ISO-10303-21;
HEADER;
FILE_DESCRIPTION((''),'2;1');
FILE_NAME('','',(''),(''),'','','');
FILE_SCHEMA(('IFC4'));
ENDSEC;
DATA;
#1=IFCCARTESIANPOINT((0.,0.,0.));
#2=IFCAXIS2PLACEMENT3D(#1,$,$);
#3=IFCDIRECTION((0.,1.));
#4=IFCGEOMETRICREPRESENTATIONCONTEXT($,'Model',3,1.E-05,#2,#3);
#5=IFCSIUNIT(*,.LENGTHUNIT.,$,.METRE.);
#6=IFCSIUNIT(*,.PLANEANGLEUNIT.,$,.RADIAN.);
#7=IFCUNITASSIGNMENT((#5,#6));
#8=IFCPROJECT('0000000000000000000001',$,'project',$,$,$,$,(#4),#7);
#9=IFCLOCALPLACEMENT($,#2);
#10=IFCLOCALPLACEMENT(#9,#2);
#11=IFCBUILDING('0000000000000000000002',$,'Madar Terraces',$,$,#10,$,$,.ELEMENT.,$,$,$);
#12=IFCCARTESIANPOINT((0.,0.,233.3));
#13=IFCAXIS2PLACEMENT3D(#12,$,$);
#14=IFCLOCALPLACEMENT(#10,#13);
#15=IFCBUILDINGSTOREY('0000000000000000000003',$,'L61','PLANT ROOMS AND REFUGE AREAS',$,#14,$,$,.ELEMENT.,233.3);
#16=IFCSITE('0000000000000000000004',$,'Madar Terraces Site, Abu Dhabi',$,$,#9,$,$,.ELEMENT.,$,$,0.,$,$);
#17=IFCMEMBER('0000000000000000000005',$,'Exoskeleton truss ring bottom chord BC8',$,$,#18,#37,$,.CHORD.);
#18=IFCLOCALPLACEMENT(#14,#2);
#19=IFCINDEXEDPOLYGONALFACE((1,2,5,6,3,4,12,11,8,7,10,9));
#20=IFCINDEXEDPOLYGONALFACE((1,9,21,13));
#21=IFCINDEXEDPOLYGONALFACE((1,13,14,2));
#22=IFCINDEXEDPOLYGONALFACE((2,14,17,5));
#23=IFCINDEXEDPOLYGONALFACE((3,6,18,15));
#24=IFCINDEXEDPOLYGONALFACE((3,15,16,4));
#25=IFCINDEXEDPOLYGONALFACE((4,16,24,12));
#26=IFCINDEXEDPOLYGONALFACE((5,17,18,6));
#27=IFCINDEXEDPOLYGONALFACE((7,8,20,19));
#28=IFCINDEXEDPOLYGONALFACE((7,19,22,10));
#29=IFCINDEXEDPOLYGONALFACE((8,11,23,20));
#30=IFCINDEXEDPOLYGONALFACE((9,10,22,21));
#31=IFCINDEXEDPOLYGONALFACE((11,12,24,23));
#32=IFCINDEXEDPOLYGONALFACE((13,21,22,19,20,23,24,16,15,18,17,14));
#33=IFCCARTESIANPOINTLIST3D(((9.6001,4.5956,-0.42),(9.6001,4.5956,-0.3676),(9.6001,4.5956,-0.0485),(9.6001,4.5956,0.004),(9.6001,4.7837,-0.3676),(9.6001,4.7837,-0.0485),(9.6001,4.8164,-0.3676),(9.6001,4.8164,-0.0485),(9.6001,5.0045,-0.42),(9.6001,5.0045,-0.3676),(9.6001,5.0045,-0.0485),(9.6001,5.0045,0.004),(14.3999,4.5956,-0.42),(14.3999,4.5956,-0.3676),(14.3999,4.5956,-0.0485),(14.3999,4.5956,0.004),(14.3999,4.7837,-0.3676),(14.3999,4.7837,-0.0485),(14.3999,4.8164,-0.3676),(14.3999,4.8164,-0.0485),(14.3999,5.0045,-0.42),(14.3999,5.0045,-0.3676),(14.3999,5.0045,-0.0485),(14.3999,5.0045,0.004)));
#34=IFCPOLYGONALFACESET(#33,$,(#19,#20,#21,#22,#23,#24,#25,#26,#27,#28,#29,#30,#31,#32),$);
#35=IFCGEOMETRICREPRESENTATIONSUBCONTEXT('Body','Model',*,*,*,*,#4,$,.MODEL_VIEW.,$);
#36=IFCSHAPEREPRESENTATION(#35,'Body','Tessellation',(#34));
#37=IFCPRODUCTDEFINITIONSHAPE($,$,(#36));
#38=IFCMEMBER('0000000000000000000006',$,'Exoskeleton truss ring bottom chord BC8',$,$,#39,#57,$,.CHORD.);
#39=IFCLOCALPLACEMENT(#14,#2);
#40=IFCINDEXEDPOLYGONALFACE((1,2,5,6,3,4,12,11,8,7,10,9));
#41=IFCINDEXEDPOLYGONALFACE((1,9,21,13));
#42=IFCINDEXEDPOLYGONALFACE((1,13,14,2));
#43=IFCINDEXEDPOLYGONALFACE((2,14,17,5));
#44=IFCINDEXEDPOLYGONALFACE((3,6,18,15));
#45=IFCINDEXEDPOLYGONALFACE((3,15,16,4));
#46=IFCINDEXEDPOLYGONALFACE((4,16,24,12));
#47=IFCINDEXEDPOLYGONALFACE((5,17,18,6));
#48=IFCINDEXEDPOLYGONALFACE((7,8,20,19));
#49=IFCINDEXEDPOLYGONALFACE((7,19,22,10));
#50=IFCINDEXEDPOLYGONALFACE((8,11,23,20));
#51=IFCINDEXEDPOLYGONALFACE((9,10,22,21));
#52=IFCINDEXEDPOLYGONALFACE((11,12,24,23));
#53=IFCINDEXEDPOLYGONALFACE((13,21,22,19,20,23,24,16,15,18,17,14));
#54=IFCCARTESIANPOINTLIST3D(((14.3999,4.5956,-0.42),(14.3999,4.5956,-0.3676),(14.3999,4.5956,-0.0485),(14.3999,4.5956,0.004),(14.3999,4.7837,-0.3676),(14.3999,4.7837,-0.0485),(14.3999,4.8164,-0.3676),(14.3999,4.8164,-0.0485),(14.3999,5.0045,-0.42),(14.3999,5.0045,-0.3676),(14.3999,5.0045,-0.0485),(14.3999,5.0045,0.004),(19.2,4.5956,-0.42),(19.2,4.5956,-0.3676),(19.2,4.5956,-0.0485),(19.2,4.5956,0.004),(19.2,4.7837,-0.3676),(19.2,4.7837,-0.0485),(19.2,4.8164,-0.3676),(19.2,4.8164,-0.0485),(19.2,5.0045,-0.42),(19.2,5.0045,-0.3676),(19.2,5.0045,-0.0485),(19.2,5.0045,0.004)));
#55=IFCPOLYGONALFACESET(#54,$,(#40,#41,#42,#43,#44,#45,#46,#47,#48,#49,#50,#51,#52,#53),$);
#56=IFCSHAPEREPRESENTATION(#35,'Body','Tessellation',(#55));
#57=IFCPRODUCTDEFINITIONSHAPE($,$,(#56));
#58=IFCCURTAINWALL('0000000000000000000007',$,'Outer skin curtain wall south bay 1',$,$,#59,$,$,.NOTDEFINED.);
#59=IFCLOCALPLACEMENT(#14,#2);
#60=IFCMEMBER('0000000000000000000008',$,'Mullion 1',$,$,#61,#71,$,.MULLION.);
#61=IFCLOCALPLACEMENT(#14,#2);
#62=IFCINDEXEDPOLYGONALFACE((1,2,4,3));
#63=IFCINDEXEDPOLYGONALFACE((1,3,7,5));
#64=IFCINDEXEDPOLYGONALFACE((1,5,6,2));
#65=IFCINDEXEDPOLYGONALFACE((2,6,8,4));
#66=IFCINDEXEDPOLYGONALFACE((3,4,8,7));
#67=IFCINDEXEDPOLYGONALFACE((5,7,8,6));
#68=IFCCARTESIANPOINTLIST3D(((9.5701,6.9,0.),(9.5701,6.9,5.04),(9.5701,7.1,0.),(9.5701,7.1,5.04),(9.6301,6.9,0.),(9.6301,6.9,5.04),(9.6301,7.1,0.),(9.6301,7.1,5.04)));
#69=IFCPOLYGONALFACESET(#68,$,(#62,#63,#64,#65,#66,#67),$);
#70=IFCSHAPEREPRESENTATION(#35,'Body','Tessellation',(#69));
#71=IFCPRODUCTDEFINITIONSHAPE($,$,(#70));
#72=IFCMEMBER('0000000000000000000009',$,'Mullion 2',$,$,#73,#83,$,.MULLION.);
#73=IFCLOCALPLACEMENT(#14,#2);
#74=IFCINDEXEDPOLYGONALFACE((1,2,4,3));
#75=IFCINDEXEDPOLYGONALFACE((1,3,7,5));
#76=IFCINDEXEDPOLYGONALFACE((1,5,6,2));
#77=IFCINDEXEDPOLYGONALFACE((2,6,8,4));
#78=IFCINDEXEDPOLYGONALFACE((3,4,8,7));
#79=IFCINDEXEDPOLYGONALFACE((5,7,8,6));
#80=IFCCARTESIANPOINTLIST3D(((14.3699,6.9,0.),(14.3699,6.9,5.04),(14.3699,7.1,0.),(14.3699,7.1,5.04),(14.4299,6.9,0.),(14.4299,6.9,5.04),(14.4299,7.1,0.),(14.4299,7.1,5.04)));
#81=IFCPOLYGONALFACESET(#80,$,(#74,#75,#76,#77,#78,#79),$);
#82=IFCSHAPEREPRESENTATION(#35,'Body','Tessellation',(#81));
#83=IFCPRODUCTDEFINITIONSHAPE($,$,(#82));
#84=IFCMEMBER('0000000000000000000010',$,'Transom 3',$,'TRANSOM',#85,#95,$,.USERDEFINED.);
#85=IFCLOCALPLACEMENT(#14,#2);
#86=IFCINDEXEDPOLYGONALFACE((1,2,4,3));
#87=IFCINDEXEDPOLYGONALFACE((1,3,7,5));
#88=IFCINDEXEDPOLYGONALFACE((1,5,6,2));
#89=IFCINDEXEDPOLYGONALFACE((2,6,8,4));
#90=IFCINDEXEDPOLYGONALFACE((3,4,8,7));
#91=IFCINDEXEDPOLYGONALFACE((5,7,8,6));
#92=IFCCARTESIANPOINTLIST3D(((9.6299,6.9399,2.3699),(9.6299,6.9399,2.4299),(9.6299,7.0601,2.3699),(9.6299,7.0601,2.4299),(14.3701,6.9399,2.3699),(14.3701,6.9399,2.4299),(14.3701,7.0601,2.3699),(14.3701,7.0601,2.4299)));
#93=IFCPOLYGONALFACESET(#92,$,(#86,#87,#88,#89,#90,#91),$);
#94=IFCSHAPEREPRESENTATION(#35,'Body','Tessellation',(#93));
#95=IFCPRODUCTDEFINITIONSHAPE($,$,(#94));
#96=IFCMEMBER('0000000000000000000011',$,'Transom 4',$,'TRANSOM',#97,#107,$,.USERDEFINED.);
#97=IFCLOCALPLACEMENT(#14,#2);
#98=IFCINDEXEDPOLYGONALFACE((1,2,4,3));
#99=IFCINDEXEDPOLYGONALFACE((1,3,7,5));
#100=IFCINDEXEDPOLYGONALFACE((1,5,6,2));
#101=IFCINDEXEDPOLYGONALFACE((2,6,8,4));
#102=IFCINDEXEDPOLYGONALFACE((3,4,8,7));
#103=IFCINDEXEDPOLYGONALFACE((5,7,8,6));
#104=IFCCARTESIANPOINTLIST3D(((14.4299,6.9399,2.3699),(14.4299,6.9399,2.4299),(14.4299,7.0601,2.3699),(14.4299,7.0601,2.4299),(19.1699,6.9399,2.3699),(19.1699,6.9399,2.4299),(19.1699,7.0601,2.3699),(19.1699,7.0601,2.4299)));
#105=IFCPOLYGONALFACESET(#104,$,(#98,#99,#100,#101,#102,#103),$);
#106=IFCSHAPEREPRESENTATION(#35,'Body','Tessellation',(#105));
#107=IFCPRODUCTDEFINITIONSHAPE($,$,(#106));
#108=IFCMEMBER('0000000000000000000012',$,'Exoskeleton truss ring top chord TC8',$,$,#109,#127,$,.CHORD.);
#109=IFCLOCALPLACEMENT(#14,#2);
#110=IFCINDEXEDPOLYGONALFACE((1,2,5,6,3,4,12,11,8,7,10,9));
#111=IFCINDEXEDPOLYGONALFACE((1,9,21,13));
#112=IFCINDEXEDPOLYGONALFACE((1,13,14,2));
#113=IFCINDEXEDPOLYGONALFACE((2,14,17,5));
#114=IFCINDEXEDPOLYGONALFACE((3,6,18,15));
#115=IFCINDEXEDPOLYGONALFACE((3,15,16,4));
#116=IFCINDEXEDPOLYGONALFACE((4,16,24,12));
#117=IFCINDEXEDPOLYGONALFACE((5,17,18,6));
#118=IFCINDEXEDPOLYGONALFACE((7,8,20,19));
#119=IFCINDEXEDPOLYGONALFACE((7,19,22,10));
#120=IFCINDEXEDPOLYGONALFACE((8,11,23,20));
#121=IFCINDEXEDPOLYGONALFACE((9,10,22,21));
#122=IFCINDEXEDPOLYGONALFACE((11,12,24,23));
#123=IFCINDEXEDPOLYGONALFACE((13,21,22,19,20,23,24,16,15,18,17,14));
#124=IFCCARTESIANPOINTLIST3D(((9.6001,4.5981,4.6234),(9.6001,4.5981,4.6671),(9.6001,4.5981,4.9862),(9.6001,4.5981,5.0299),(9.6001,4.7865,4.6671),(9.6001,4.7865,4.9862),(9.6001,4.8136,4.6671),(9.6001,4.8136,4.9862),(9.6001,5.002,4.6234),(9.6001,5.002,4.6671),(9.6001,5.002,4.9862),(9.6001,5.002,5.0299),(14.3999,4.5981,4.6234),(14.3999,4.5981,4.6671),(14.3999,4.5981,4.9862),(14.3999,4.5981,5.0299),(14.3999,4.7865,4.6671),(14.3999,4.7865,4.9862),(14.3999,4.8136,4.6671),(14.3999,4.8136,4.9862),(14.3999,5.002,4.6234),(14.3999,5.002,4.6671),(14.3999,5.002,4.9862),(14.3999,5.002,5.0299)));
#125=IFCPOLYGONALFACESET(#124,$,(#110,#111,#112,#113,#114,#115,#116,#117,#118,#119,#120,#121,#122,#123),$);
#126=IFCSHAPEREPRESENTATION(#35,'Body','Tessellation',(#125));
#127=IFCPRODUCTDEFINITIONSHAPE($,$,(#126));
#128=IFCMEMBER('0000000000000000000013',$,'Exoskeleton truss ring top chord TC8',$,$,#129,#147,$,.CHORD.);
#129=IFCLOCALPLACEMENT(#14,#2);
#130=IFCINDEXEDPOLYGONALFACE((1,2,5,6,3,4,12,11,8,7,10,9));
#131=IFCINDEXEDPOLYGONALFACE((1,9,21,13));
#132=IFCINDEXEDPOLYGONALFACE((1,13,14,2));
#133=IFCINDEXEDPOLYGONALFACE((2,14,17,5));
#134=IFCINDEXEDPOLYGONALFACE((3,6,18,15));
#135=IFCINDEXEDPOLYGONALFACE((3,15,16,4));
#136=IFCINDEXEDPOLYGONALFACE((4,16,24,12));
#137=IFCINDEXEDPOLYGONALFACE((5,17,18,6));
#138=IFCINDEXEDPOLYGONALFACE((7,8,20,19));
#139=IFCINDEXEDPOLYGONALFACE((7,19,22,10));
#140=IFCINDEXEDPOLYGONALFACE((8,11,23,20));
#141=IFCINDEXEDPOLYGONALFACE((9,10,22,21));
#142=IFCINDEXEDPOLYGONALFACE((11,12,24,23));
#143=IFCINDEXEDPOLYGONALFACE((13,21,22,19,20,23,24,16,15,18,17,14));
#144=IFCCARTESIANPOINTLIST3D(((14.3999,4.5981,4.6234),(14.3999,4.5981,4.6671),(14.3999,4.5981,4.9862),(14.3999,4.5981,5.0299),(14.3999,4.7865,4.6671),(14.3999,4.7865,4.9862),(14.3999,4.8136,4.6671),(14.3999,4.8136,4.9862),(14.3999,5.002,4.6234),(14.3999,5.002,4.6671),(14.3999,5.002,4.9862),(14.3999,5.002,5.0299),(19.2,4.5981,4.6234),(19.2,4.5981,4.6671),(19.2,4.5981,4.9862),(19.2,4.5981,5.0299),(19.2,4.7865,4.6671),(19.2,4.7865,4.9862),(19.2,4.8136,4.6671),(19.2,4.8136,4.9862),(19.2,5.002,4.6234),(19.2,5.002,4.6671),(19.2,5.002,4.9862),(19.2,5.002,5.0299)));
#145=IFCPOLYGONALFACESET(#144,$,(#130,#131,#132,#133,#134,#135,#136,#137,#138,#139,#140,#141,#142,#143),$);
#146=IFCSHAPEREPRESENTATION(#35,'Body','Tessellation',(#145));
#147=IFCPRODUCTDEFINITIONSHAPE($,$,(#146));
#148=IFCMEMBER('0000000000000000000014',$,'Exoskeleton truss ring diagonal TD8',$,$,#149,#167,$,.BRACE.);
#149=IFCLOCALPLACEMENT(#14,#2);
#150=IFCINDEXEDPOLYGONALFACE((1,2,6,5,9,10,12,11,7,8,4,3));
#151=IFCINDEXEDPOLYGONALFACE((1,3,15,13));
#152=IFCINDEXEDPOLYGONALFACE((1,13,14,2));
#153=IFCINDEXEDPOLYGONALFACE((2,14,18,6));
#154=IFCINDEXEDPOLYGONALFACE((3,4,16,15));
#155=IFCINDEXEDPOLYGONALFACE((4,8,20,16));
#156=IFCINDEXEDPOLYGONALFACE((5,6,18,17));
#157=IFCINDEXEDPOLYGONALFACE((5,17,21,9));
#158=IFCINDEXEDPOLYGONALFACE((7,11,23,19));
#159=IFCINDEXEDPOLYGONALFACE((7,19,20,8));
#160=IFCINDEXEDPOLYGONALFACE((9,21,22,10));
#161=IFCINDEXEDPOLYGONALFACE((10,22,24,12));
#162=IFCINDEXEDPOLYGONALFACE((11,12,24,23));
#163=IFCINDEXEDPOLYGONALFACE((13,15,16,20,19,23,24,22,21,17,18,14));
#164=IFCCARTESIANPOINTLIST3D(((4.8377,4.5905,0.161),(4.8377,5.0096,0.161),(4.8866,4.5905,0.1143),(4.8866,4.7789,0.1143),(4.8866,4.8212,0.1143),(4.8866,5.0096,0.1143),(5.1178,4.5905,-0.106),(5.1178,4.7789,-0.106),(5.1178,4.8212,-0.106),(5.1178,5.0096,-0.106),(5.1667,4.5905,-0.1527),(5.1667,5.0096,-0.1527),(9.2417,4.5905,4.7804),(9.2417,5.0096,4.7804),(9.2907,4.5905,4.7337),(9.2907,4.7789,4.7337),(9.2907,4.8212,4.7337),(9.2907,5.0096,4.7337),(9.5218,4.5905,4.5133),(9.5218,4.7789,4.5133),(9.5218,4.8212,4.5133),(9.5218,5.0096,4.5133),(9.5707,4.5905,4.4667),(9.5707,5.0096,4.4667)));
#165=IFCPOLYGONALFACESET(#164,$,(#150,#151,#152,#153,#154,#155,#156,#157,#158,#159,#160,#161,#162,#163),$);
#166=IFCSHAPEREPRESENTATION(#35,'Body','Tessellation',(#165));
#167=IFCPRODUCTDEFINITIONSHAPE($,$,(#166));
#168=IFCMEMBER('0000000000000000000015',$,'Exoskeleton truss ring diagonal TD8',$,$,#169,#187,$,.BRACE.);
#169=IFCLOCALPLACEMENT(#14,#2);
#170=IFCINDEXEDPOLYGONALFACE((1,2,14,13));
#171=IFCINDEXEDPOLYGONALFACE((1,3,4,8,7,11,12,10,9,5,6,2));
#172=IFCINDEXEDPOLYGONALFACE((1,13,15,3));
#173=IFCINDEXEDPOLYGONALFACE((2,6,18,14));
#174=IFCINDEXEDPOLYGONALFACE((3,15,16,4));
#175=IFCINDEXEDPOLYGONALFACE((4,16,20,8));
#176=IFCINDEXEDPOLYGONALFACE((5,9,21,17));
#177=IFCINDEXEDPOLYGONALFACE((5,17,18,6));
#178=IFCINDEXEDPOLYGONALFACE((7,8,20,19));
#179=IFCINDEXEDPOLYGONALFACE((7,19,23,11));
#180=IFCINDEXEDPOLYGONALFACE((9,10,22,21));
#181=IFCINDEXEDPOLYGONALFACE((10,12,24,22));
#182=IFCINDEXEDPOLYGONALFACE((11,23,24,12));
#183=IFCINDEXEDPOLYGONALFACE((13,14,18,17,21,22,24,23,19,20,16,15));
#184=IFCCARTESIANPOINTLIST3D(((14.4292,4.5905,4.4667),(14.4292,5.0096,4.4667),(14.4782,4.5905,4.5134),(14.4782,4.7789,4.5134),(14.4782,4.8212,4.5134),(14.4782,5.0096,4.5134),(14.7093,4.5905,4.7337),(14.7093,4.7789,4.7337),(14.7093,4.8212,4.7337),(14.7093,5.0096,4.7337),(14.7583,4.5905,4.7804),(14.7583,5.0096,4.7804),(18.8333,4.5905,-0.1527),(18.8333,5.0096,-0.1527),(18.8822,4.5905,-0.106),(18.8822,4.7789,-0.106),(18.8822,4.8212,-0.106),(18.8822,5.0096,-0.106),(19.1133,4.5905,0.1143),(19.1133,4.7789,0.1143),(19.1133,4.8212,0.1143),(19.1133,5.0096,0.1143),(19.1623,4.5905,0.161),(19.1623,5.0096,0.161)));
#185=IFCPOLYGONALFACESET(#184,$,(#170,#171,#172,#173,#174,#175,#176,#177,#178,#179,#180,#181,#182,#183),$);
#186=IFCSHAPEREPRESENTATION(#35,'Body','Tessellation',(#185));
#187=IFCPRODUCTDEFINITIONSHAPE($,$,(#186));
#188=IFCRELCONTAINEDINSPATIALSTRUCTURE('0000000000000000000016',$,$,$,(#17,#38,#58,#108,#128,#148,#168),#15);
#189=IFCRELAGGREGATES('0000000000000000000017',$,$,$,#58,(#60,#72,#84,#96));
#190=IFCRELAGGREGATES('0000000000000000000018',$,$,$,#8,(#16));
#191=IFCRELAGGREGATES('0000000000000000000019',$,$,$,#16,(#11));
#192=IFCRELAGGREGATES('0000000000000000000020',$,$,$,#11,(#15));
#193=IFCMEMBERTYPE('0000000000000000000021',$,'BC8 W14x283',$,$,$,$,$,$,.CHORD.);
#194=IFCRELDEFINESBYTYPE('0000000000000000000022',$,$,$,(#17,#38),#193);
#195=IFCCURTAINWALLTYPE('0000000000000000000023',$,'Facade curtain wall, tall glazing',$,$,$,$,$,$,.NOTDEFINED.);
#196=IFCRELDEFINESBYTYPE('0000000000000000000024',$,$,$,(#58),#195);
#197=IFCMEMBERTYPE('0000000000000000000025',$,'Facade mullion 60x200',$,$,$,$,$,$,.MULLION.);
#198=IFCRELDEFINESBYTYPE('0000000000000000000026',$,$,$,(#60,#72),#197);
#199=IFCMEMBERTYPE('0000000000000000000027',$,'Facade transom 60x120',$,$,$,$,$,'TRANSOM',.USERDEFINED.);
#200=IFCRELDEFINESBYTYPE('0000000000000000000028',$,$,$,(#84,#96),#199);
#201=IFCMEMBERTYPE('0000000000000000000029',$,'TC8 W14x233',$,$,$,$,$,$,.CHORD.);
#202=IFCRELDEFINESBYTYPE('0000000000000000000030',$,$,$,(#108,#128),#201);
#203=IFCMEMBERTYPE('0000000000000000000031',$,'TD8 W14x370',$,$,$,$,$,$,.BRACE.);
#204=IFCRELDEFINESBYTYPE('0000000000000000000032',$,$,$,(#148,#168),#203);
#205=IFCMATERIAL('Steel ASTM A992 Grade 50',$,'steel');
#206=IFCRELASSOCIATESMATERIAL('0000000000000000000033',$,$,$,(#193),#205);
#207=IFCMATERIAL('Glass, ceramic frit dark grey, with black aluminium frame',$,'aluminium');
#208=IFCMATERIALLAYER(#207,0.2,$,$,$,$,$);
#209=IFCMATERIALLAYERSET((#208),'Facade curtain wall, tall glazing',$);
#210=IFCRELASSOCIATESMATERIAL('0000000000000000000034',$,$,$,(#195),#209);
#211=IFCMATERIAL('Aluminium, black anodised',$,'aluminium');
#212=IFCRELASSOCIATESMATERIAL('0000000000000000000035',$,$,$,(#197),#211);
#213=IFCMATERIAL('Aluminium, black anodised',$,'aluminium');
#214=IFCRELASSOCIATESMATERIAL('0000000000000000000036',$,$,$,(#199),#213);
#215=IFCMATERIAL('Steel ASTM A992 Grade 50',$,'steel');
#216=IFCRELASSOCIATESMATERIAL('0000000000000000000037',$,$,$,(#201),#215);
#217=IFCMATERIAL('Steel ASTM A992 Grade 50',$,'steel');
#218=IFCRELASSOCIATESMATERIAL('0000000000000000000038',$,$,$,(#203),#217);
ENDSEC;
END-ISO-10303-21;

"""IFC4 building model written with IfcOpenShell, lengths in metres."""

from ifc_helpers import new_model, si_unit, direction, frame, origin, origin_2d, place, context, subcontext, project, spatial, rectangle, i_section, extrude, material, layer, layer_set, material_profile, profile_set, type_object, element, aggregate, save


model = new_model("IFC4")

# Units and contexts
model_context = context("Model", 3, precision=1e-05, world=origin(), true_north=direction((0.0, 1.0)))
body_context = subcontext(model_context, "Body", "Model", "MODEL_VIEW")
ifc_project = project(units=[si_unit("LENGTHUNIT", "METRE"), si_unit("PLANEANGLEUNIT", "RADIAN")], contexts=[model_context])

# Site, building, storey
site_placement = place(None, origin())
site = spatial("IfcSite", under=ifc_project, at=site_placement, Name="Madar Terraces Site, Abu Dhabi", CompositionType="ELEMENT", RefElevation=0.0)
building_placement = place(site_placement, origin())
building = spatial("IfcBuilding", under=site, at=building_placement, Name="Madar Terraces", CompositionType="ELEMENT")
storey_placement = place(building_placement, frame((0.0, 0.0, 233.3)))
storey = spatial("IfcBuildingStorey", under=building, at=storey_placement, Name="L61", Description="PLANT ROOMS AND REFUGE AREAS", CompositionType="ELEMENT", Elevation=233.3)

# Members
ifc_material_1 = material(Name="Steel ASTM A992 Grade 50", Category="steel")
ifc_material_profile_1 = material_profile(ifc_material_1, i_section(OverallWidth=0.4089, OverallDepth=0.4241, WebThickness=0.0327, FlangeThickness=0.0525, at=origin_2d()), Name="W14x283")
ifc_profile_set_1 = profile_set([ifc_material_profile_1], Name="Steel ASTM A992 Grade 50")
member_type_1 = type_object("IfcMemberType", Name="BC8 W14x283", PredefinedType="CHORD", material=ifc_profile_set_1)
member_1_placement = place(storey_placement, frame((9.6001, 4.8, -0.208), z_axis=(1.0, 0.0, 0.0), x_axis=(0.0, 1.0, 0.0)))
element("IfcMember", 1, at=member_1_placement, inside=storey, type_object=member_type_1, Name="Exoskeleton truss ring bottom chord BC8", PredefinedType="CHORD", context=body_context, shape_type="SweptSolid", body=[
    extrude(i_section(OverallWidth=0.4089, OverallDepth=0.4241, WebThickness=0.0327, FlangeThickness=0.0525, at=origin_2d()), origin(), (0.0, 0.0, 1.0), 4.7998),
])
member_2_placement = place(storey_placement, frame((14.3999, 4.8, -0.208), z_axis=(1.0, 0.0, 0.0), x_axis=(0.0, 1.0, 0.0)))
element("IfcMember", 2, at=member_2_placement, inside=storey, type_object=member_type_1, Name="Exoskeleton truss ring bottom chord BC8", PredefinedType="CHORD", context=body_context, shape_type="SweptSolid", body=[
    extrude(i_section(OverallWidth=0.4089, OverallDepth=0.4241, WebThickness=0.0327, FlangeThickness=0.0525, at=origin_2d()), origin(), (0.0, 0.0, 1.0), 4.8),
])

# Curtain wall, members
ifc_material_2 = material(Name="Glass, ceramic frit dark grey, with black aluminium frame", Category="aluminium")
ifc_layer_1 = layer(ifc_material_2, 0.2)
ifc_layer_set_1 = layer_set([ifc_layer_1], Name="Facade curtain wall, tall glazing")
curtain_wall_type = type_object("IfcCurtainWallType", Name="Facade curtain wall, tall glazing", PredefinedType="NOTDEFINED", material=ifc_layer_set_1)
curtain_wall_placement = place(storey_placement, origin())
curtain_wall = element("IfcCurtainWall", 3, at=curtain_wall_placement, inside=storey, type_object=curtain_wall_type, Name="Outer skin curtain wall south bay 1", PredefinedType="NOTDEFINED")
ifc_material_3 = material(Name="Aluminium, black anodised", Category="aluminium")
ifc_material_profile_2 = material_profile(ifc_material_3, rectangle(XDim=0.2, YDim=0.0601, at=origin_2d()), Name="Facade mullion 60x200")
ifc_profile_set_2 = profile_set([ifc_material_profile_2], Name="Aluminium, black anodised")
member_type_2 = type_object("IfcMemberType", Name="Facade mullion 60x200", PredefinedType="MULLION", material=ifc_profile_set_2)
member_3_placement = place(storey_placement, frame((9.6001, 7.0, 0.0), z_axis=(0.0, 0.0, 1.0), x_axis=(0.0, 1.0, 0.0)))
member_3 = element("IfcMember", 4, at=member_3_placement, type_object=member_type_2, Name="Mullion 1", PredefinedType="MULLION", context=body_context, shape_type="SweptSolid", body=[
    extrude(rectangle(XDim=0.2, YDim=0.0601, at=origin_2d()), origin(), (0.0, 0.0, 1.0), 5.04),
])
member_4_placement = place(storey_placement, frame((14.3999, 7.0, 0.0), z_axis=(0.0, 0.0, 1.0), x_axis=(0.0, 1.0, 0.0)))
member_4 = element("IfcMember", 5, at=member_4_placement, type_object=member_type_2, Name="Mullion 2", PredefinedType="MULLION", context=body_context, shape_type="SweptSolid", body=[
    extrude(rectangle(XDim=0.2, YDim=0.0601, at=origin_2d()), origin(), (0.0, 0.0, 1.0), 5.04),
])
ifc_material_4 = material(Name="Aluminium, black anodised", Category="aluminium")
ifc_material_profile_3 = material_profile(ifc_material_4, rectangle(XDim=0.1201, YDim=0.0601, at=origin_2d()), Name="Facade transom 60x120")
ifc_profile_set_3 = profile_set([ifc_material_profile_3], Name="Aluminium, black anodised")
member_type_3 = type_object("IfcMemberType", Name="Facade transom 60x120", ElementType="TRANSOM", PredefinedType="USERDEFINED", material=ifc_profile_set_3)
member_5_placement = place(storey_placement, frame((9.6299, 7.0, 2.3999), z_axis=(1.0, 0.0, 0.0), x_axis=(0.0, 1.0, 0.0)))
member_5 = element("IfcMember", 6, at=member_5_placement, type_object=member_type_3, Name="Transom 3", ObjectType="TRANSOM", PredefinedType="USERDEFINED", context=body_context, shape_type="SweptSolid", body=[
    extrude(rectangle(XDim=0.1201, YDim=0.0601, at=origin_2d()), origin(), (0.0, 0.0, 1.0), 4.7402),
])
member_6_placement = place(storey_placement, frame((14.4299, 7.0, 2.3999), z_axis=(1.0, 0.0, 0.0), x_axis=(0.0, 1.0, 0.0)))
member_6 = element("IfcMember", 7, at=member_6_placement, type_object=member_type_3, Name="Transom 4", ObjectType="TRANSOM", PredefinedType="USERDEFINED", context=body_context, shape_type="SweptSolid", body=[
    extrude(rectangle(XDim=0.1201, YDim=0.0601, at=origin_2d()), origin(), (0.0, 0.0, 1.0), 4.74),
])

# Members
ifc_material_5 = material(Name="Steel ASTM A992 Grade 50", Category="steel")
ifc_material_profile_4 = material_profile(ifc_material_5, i_section(OverallWidth=0.4038, OverallDepth=0.4065, WebThickness=0.0271, FlangeThickness=0.0437, at=origin_2d()), Name="W14x233")
ifc_profile_set_4 = profile_set([ifc_material_profile_4], Name="Steel ASTM A992 Grade 50")
member_type_4 = type_object("IfcMemberType", Name="TC8 W14x233", PredefinedType="CHORD", material=ifc_profile_set_4)
member_7_placement = place(storey_placement, frame((9.6001, 4.8, 4.8267), z_axis=(1.0, 0.0, 0.0), x_axis=(0.0, 1.0, 0.0)))
element("IfcMember", 8, at=member_7_placement, inside=storey, type_object=member_type_4, Name="Exoskeleton truss ring top chord TC8", PredefinedType="CHORD", context=body_context, shape_type="SweptSolid", body=[
    extrude(i_section(OverallWidth=0.4038, OverallDepth=0.4065, WebThickness=0.0271, FlangeThickness=0.0437, at=origin_2d()), origin(), (0.0, 0.0, 1.0), 4.7998),
])
member_8_placement = place(storey_placement, frame((14.3999, 4.8, 4.8267), z_axis=(1.0, 0.0, 0.0), x_axis=(0.0, 1.0, 0.0)))
element("IfcMember", 9, at=member_8_placement, inside=storey, type_object=member_type_4, Name="Exoskeleton truss ring top chord TC8", PredefinedType="CHORD", context=body_context, shape_type="SweptSolid", body=[
    extrude(i_section(OverallWidth=0.4038, OverallDepth=0.4065, WebThickness=0.0271, FlangeThickness=0.0437, at=origin_2d()), origin(), (0.0, 0.0, 1.0), 4.8),
])
ifc_material_6 = material(Name="Steel ASTM A992 Grade 50", Category="steel")
ifc_material_profile_5 = material_profile(ifc_material_6, i_section(OverallWidth=0.4192, OverallDepth=0.4546, WebThickness=0.0422, FlangeThickness=0.0676, at=origin_2d()), Name="W14x370")
ifc_profile_set_5 = profile_set([ifc_material_profile_5], Name="Steel ASTM A992 Grade 50")
member_type_5 = type_object("IfcMemberType", Name="TD8 W14x370", PredefinedType="BRACE", material=ifc_profile_set_5)
for number, where, z_axis, x_axis, name in (
    (10, (5.0022, 4.8, 0.0042), (0.690036, 0.0, 0.723775), (0.0, 1.0, 0.0), "Exoskeleton truss ring diagonal TD8"),
    (11, (14.5938, 4.8, 4.6235), (0.690036, 0.0, -0.723775), (0.0, 1.0, 0.0), "Exoskeleton truss ring diagonal TD8"),
):
    element("IfcMember", number, at=place(storey_placement, frame(where, z_axis=z_axis, x_axis=x_axis)), inside=storey, type_object=member_type_5, Name=name, PredefinedType="BRACE", context=body_context, shape_type="SweptSolid", body=[
        extrude(i_section(OverallWidth=0.4192, OverallDepth=0.4546, WebThickness=0.0422, FlangeThickness=0.0676, at=origin_2d()), origin(), (0.0, 0.0, 1.0), 6.3823),
    ])

aggregate(curtain_wall, [member_3, member_4, member_5, member_6])

save(model, "model.ifc")
